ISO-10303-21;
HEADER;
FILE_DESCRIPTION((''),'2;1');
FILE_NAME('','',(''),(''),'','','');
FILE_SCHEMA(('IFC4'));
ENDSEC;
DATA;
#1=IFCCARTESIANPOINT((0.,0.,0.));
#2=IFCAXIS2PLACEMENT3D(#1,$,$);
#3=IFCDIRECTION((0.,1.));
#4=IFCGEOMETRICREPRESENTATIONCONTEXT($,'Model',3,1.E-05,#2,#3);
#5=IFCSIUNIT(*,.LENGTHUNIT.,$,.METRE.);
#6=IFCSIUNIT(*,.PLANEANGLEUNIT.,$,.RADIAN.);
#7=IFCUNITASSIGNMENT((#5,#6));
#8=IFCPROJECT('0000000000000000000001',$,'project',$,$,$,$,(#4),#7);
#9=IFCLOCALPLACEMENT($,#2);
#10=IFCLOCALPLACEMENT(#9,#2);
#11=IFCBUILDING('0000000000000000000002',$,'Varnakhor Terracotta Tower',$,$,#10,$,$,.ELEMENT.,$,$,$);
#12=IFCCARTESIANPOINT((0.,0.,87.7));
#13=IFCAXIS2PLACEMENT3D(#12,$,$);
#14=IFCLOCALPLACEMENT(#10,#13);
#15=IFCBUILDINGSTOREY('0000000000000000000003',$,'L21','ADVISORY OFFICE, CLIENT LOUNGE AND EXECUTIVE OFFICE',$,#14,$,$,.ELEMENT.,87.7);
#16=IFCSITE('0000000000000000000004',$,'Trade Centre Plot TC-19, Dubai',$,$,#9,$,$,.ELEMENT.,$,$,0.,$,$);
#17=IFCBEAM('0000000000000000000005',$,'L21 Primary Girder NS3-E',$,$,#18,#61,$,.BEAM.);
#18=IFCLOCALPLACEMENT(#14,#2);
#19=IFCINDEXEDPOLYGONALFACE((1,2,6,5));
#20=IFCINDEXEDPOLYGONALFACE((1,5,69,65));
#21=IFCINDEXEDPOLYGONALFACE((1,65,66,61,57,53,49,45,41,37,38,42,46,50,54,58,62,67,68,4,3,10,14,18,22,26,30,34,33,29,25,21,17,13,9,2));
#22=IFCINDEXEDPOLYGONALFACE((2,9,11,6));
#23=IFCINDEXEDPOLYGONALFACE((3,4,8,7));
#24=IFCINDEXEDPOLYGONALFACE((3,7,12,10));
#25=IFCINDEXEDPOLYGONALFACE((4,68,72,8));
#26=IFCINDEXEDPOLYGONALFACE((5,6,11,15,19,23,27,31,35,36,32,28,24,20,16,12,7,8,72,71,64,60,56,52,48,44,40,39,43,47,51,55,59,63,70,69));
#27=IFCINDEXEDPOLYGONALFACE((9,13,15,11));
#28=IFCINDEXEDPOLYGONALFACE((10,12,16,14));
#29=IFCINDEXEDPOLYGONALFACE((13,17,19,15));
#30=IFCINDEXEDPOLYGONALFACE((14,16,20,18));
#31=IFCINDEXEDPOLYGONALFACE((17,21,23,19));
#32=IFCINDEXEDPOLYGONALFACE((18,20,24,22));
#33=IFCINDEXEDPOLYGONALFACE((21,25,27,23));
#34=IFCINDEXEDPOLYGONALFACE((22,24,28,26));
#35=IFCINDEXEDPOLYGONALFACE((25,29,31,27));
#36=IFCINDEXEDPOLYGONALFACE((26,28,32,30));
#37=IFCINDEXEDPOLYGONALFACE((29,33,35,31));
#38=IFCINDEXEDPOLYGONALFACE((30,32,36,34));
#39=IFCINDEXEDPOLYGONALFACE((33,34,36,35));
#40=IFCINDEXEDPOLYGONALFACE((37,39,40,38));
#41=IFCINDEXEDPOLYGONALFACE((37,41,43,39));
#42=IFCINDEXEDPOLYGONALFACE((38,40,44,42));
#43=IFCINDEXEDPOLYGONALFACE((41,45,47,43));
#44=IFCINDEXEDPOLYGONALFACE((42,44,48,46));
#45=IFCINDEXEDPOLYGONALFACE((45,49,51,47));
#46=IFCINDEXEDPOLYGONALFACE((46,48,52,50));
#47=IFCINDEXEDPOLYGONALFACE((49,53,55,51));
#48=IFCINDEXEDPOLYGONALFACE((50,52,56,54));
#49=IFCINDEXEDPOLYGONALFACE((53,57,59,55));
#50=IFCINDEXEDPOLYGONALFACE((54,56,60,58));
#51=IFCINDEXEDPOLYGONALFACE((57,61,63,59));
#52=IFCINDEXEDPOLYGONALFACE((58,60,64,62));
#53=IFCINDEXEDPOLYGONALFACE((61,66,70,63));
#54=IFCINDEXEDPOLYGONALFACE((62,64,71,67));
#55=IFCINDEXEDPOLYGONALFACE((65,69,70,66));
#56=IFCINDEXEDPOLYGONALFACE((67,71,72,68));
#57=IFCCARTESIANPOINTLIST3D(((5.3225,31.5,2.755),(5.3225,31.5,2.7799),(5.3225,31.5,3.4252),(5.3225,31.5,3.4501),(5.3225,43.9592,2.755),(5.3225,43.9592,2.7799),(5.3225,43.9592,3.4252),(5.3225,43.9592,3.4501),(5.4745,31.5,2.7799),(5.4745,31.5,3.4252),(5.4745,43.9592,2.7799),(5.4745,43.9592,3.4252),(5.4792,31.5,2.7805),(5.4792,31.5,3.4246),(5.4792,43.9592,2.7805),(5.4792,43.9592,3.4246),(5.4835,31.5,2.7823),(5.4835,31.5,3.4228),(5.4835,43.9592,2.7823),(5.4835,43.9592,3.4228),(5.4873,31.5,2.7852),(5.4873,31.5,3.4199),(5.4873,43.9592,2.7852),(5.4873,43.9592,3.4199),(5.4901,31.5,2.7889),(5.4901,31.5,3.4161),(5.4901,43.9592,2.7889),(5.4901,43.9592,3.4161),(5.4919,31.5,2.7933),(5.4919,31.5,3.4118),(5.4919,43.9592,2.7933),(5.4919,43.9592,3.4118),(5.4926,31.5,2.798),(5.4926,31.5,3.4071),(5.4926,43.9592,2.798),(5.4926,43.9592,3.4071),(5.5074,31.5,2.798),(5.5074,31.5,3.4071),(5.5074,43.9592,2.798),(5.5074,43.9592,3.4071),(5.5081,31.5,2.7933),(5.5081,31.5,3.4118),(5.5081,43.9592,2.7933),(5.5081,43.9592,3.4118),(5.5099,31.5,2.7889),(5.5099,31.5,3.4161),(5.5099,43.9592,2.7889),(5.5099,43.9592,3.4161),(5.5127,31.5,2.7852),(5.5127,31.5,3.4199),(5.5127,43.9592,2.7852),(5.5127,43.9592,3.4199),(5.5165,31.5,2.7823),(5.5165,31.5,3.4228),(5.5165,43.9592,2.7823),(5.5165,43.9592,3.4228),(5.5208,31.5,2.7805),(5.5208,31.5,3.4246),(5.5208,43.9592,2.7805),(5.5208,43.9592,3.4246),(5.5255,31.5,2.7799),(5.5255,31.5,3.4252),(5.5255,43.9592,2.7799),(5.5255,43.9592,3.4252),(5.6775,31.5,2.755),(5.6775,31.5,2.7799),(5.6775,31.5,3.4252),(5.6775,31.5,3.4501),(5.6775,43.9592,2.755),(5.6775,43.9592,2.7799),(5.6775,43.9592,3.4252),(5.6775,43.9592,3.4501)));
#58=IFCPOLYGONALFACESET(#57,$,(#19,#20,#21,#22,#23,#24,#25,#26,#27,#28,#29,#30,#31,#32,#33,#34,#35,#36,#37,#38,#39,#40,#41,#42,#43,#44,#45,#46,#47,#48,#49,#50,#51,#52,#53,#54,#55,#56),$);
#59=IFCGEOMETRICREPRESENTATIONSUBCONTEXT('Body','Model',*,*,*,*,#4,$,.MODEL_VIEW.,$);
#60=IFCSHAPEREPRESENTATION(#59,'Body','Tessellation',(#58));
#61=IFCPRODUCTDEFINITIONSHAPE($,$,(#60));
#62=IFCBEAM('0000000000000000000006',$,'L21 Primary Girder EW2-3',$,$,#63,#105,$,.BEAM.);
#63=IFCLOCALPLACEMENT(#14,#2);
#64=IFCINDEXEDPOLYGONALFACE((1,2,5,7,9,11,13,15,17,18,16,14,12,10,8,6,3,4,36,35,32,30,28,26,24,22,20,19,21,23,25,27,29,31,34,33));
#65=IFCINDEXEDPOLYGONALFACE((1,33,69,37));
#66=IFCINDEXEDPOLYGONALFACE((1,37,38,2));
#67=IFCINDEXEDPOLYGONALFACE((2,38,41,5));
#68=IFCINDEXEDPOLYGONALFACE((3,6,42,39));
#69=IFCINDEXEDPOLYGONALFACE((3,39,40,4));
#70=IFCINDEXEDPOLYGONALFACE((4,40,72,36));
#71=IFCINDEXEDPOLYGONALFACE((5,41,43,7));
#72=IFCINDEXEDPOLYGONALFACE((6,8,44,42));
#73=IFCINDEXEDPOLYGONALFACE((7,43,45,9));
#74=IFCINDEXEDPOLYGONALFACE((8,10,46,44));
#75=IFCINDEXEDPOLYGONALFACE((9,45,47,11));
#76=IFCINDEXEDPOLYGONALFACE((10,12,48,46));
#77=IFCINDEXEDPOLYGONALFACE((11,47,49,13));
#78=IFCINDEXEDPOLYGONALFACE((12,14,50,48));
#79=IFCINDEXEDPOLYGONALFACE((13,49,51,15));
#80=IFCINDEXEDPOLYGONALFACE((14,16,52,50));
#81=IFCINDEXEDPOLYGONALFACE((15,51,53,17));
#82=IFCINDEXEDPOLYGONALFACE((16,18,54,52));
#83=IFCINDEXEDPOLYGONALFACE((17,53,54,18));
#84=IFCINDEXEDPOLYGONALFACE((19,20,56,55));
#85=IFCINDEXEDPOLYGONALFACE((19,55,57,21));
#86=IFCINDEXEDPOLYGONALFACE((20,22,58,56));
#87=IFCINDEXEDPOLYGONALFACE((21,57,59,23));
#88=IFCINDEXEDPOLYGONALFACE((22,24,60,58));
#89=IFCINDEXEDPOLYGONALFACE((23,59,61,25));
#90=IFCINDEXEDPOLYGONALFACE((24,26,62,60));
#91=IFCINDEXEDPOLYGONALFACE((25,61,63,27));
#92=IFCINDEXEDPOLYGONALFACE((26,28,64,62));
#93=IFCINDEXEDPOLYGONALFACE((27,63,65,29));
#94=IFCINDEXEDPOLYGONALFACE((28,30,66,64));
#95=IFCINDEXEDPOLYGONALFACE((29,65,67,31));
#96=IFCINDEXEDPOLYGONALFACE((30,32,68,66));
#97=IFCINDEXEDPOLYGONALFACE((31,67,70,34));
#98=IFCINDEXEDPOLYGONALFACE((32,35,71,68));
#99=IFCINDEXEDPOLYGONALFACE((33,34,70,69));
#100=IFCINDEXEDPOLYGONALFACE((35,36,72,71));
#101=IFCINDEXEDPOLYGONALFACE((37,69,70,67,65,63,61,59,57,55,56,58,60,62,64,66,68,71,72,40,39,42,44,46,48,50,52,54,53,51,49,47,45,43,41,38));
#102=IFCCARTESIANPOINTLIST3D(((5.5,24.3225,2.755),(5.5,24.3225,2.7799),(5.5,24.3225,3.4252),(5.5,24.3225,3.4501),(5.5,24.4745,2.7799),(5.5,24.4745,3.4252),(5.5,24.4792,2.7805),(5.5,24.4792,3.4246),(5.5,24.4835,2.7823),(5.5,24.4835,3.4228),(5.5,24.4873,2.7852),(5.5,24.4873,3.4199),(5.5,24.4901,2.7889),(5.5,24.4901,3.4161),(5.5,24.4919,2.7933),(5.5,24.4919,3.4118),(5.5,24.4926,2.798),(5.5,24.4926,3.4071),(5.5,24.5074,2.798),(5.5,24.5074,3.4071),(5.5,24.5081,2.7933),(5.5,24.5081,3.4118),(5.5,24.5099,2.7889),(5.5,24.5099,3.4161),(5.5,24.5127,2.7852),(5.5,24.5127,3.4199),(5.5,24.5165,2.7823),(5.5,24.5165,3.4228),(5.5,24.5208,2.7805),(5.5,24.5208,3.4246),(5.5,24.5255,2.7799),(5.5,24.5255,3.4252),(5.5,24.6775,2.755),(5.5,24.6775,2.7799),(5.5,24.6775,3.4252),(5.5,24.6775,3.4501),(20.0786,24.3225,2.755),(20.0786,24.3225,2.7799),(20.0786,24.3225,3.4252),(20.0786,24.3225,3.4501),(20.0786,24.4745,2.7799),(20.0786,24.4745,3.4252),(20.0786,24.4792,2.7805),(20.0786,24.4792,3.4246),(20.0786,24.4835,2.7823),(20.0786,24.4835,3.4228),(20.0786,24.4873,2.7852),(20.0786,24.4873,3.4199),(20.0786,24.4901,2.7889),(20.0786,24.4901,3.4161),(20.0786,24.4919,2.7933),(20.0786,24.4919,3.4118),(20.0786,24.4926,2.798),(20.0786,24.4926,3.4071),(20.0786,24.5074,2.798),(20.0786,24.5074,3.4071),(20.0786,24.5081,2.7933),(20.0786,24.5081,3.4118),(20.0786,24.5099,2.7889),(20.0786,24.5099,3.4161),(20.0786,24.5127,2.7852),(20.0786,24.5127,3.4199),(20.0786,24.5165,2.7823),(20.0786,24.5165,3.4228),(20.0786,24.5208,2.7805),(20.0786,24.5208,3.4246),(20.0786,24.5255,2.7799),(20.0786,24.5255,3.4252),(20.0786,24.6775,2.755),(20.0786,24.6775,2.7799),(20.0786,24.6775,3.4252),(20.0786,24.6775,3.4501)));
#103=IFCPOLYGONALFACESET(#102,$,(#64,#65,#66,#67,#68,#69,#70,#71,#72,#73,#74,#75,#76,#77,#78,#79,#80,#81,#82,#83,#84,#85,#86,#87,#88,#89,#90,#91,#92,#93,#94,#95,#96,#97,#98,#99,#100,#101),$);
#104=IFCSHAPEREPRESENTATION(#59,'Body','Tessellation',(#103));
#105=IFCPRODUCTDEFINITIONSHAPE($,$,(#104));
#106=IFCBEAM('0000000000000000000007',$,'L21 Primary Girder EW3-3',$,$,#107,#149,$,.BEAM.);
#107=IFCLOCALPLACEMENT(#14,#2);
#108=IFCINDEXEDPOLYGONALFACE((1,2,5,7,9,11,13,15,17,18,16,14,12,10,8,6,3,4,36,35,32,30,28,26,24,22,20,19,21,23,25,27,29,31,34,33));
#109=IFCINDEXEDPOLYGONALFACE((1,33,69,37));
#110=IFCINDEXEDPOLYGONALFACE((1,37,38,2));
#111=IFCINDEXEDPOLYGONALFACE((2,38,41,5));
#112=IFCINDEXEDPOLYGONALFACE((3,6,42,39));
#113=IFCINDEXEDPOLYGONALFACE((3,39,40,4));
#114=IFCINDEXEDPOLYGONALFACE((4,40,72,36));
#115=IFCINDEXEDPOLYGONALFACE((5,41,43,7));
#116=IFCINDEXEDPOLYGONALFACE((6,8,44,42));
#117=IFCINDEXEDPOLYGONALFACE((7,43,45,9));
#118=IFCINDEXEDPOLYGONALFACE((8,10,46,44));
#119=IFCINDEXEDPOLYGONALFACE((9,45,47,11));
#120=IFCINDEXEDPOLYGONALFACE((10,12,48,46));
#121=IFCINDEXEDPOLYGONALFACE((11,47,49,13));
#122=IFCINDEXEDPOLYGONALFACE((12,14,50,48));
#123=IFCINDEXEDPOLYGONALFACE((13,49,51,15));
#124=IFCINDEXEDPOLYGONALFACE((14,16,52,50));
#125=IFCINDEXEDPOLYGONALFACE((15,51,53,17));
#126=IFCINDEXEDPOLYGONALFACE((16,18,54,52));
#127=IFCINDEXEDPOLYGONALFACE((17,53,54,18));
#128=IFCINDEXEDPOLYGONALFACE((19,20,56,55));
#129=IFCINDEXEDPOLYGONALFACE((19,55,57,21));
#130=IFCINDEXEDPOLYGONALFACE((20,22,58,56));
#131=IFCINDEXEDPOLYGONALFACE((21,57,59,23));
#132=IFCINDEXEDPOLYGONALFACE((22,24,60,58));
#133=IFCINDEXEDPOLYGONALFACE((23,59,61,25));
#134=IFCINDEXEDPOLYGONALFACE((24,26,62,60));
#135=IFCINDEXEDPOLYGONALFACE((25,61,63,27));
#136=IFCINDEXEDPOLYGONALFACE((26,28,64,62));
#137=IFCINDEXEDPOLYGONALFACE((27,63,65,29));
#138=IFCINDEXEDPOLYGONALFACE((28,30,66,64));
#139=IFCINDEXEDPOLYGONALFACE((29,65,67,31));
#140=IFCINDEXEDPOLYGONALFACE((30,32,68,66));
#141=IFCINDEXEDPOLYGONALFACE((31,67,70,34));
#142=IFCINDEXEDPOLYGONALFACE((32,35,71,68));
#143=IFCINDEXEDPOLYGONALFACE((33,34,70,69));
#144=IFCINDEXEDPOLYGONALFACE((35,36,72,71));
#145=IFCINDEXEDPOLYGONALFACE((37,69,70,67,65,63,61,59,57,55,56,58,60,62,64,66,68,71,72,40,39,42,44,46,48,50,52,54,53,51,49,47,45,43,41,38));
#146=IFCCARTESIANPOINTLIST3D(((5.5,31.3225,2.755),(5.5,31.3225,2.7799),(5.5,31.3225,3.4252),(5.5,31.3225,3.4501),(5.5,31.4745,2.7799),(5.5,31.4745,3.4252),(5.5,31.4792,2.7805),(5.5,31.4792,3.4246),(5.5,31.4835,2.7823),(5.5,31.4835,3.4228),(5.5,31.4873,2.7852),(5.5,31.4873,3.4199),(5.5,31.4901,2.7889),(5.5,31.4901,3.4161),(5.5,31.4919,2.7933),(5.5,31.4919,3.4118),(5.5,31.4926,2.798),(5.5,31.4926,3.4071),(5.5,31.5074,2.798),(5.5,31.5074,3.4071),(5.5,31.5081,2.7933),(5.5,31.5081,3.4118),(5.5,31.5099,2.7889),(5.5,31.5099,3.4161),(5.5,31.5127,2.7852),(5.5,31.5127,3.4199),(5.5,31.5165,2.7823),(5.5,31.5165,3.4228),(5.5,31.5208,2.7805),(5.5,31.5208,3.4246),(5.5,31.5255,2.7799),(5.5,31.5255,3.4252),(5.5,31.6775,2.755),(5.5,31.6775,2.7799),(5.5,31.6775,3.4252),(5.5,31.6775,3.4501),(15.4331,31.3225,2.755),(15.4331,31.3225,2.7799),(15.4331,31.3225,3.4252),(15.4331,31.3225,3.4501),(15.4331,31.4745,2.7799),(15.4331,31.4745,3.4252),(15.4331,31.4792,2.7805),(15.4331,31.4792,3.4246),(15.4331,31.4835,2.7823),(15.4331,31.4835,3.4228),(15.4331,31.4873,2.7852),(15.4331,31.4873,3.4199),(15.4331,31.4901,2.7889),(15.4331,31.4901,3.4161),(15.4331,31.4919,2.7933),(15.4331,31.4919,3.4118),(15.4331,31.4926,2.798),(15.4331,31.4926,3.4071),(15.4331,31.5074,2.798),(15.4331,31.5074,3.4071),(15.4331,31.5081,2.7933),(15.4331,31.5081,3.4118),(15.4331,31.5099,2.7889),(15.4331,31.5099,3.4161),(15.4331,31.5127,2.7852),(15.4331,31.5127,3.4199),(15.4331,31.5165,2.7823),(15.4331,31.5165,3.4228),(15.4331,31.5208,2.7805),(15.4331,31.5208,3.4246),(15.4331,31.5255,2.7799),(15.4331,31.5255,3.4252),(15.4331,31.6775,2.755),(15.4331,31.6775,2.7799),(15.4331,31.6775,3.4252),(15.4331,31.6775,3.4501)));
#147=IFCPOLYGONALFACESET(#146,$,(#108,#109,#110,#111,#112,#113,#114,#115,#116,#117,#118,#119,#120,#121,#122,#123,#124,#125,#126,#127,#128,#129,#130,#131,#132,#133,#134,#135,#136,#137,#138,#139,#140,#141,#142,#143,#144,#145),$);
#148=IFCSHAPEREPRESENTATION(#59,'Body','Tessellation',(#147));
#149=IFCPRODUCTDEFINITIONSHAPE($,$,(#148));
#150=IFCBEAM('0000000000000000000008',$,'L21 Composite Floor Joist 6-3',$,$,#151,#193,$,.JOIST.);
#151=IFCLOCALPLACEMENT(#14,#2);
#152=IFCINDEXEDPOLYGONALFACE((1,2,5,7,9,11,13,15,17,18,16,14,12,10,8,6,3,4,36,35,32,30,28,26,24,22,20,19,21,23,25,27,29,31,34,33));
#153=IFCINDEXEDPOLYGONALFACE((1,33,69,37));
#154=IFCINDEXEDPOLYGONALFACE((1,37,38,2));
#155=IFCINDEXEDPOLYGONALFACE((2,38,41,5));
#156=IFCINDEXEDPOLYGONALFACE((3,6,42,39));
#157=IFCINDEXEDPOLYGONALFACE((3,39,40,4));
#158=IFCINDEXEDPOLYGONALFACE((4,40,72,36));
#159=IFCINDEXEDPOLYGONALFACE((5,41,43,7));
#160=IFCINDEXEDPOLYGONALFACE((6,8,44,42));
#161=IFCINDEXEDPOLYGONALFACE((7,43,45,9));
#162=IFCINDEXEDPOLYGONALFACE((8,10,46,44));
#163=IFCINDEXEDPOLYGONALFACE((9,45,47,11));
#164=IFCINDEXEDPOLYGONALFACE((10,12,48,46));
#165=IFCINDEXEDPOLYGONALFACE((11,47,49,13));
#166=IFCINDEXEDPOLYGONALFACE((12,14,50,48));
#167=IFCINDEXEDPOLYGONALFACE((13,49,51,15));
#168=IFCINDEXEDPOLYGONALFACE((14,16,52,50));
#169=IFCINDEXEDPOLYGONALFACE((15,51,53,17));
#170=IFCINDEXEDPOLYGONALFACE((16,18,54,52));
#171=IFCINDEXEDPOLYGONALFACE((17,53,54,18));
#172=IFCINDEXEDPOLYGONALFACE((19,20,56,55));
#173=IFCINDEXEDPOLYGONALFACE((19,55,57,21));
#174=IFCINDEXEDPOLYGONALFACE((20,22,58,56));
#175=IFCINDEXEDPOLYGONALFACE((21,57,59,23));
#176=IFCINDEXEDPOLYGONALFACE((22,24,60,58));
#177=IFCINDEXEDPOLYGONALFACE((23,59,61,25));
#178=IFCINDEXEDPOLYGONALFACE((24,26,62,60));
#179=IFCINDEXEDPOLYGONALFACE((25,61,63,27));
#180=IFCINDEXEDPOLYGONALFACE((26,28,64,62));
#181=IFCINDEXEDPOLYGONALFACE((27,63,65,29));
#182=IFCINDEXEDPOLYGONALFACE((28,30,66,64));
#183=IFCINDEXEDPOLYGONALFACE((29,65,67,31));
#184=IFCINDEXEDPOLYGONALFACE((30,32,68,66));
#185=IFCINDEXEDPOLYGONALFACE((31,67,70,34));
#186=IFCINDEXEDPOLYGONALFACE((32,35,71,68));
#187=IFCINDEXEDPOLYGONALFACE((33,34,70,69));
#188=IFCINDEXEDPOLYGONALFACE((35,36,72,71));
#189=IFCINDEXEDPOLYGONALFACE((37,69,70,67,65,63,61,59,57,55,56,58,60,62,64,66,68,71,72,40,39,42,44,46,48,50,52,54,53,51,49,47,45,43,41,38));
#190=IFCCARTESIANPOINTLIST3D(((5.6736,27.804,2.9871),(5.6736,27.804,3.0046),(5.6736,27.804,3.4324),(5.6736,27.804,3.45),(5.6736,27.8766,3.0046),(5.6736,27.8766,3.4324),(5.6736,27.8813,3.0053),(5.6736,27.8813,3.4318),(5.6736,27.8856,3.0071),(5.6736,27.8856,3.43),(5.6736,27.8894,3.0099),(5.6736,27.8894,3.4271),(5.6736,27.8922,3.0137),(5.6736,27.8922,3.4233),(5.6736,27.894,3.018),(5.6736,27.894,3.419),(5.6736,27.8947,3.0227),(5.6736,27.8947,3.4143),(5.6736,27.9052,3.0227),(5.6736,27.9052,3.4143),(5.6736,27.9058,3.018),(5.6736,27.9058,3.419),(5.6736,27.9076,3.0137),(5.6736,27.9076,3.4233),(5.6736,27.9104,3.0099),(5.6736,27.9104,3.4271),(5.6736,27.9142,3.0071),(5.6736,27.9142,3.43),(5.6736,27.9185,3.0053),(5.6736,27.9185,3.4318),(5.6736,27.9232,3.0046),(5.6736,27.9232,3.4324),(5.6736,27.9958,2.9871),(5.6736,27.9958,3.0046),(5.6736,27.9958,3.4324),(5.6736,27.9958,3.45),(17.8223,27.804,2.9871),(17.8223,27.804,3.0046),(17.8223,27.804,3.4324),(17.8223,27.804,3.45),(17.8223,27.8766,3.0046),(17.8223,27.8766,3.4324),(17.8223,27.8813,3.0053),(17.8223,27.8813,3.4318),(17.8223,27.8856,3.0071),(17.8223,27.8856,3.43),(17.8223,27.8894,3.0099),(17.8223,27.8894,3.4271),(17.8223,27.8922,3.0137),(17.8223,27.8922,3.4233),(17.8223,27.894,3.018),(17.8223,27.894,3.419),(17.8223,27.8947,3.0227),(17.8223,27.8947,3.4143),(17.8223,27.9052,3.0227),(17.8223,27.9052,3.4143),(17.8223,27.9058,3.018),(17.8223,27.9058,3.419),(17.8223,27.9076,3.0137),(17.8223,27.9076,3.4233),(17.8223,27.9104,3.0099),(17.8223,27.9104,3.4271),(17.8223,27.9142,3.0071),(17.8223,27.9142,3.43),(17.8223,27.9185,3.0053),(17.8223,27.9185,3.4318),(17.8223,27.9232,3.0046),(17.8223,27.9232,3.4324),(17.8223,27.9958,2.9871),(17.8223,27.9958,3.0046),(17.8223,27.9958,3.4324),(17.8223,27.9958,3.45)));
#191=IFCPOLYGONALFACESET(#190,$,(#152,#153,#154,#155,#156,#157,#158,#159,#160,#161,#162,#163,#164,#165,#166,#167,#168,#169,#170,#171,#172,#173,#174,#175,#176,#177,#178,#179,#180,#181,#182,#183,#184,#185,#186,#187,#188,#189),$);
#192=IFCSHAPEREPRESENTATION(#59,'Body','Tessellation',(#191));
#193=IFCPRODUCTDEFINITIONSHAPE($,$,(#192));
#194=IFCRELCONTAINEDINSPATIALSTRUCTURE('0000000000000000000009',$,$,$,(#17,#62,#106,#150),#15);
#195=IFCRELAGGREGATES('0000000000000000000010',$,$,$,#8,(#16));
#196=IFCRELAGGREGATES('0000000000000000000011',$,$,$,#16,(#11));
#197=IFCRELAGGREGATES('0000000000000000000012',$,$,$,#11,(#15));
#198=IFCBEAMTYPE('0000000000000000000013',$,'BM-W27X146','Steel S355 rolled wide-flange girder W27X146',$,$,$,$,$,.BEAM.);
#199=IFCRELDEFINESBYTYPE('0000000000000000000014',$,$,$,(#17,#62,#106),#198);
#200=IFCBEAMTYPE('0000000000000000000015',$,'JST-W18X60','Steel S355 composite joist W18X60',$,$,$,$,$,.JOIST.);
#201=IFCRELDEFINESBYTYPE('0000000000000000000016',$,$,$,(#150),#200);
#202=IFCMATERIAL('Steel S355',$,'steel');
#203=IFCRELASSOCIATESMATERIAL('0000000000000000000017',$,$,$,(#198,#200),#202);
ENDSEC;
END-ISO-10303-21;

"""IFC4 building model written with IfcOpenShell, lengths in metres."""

from ifc_helpers import new_model, si_unit, direction, frame, origin, origin_2d, place, context, subcontext, project, spatial, i_section, extrude, source, transform, mapped, material, material_profile, profile_set, type_object, element, save


model = new_model("IFC4")

# Units and contexts
model_context = context("Model", 3, precision=1e-05, world=origin(), true_north=direction((0.0, 1.0)))
body_context = subcontext(model_context, "Body", "Model", "MODEL_VIEW")
ifc_project = project(units=[si_unit("LENGTHUNIT", "METRE"), si_unit("PLANEANGLEUNIT", "RADIAN")], contexts=[model_context])

# Site, building, storey
site_placement = place(None, origin())
site = spatial("IfcSite", under=ifc_project, at=site_placement, Name="Trade Centre Plot TC-19, Dubai", CompositionType="ELEMENT", RefElevation=0.0)
building_placement = place(site_placement, origin())
building = spatial("IfcBuilding", under=site, at=building_placement, Name="Varnakhor Terracotta Tower", CompositionType="ELEMENT")
storey_placement = place(building_placement, frame((0.0, 0.0, 87.7)))
storey = spatial("IfcBuildingStorey", under=building, at=storey_placement, Name="L21", Description="ADVISORY OFFICE, CLIENT LOUNGE AND EXECUTIVE OFFICE", CompositionType="ELEMENT", Elevation=87.7)

# Beams
ifc_material_1 = material(Name="Steel S355", Category="steel")
ifc_material_profile_1 = material_profile(ifc_material_1, i_section(OverallWidth=0.355, OverallDepth=0.6951, WebThickness=0.0149, FlangeThickness=0.0249, FilletRadius=0.0181, at=origin_2d()), Name="W27X146")
ifc_profile_set_1 = profile_set([ifc_material_profile_1], Name="Steel S355")
beam_type_1 = type_object("IfcBeamType", Name="BM-W27X146", Description="Steel S355 rolled wide-flange girder W27X146", PredefinedType="BEAM", material=ifc_profile_set_1)
shared_shape_1 = source(origin(), body_context, "Body", "SweptSolid", [
    extrude(i_section(OverallWidth=0.355, OverallDepth=0.6951, WebThickness=0.0149, FlangeThickness=0.0249, FilletRadius=0.0181, at=origin_2d()), origin(), (0.0, 0.0, 1.0), 12.4592),
])
beam_1_placement = place(storey_placement, frame((5.5, 31.5, 3.1025), z_axis=(0.0, 1.0, 0.0), x_axis=(-1.0, 0.0, 0.0)))
element("IfcBeam", 1, at=beam_1_placement, inside=storey, type_object=beam_type_1, Name="L21 Primary Girder NS3-E", PredefinedType="BEAM", context=body_context, shape_type="MappedRepresentation", body=[
    mapped(shared_shape_1, transform((0.0, 0.0, 0.0), scale=1.0)),
])
shared_shape_2 = source(origin(), body_context, "Body", "SweptSolid", [
    extrude(i_section(OverallWidth=0.355, OverallDepth=0.6951, WebThickness=0.0149, FlangeThickness=0.0249, FilletRadius=0.0181, at=origin_2d()), origin(), (0.0, 0.0, 1.0), 14.5786),
])
beam_2_placement = place(storey_placement, frame((5.5, 24.5, 3.1025), z_axis=(1.0, 0.0, 0.0), x_axis=(0.0, 1.0, 0.0)))
element("IfcBeam", 2, at=beam_2_placement, inside=storey, type_object=beam_type_1, Name="L21 Primary Girder EW2-3", PredefinedType="BEAM", context=body_context, shape_type="MappedRepresentation", body=[
    mapped(shared_shape_2, transform((0.0, 0.0, 0.0), scale=1.0)),
])
shared_shape_3 = source(origin(), body_context, "Body", "SweptSolid", [
    extrude(i_section(OverallWidth=0.355, OverallDepth=0.6951, WebThickness=0.0149, FlangeThickness=0.0249, FilletRadius=0.0181, at=origin_2d()), origin(), (0.0, 0.0, 1.0), 9.9331),
])
beam_3_placement = place(storey_placement, frame((5.5, 31.5, 3.1025), z_axis=(1.0, 0.0, 0.0), x_axis=(0.0, 1.0, 0.0)))
element("IfcBeam", 3, at=beam_3_placement, inside=storey, type_object=beam_type_1, Name="L21 Primary Girder EW3-3", PredefinedType="BEAM", context=body_context, shape_type="MappedRepresentation", body=[
    mapped(shared_shape_3, transform((0.0, 0.0, 0.0), scale=1.0)),
])
ifc_material_profile_2 = material_profile(ifc_material_1, i_section(OverallWidth=0.1919, OverallDepth=0.4629, WebThickness=0.0105, FlangeThickness=0.0176, FilletRadius=0.0181, at=origin_2d()), Name="W18X60")
ifc_profile_set_2 = profile_set([ifc_material_profile_2], Name="Steel S355")
beam_type_2 = type_object("IfcBeamType", Name="JST-W18X60", Description="Steel S355 composite joist W18X60", PredefinedType="JOIST", material=ifc_profile_set_2)
shared_shape_4 = source(origin(), body_context, "Body", "SweptSolid", [
    extrude(i_section(OverallWidth=0.1919, OverallDepth=0.4629, WebThickness=0.0105, FlangeThickness=0.0176, FilletRadius=0.0181, at=origin_2d()), origin(), (0.0, 0.0, 1.0), 12.1487),
])
beam_4_placement = place(storey_placement, frame((5.6736, 27.8999, 3.2185), z_axis=(1.0, 0.0, 0.0), x_axis=(0.0, 1.0, 0.0)))
element("IfcBeam", 4, at=beam_4_placement, inside=storey, type_object=beam_type_2, Name="L21 Composite Floor Joist 6-3", PredefinedType="JOIST", context=body_context, shape_type="MappedRepresentation", body=[
    mapped(shared_shape_4, transform((0.0, 0.0, 0.0), scale=1.0)),
])

save(model, "model.ifc")
